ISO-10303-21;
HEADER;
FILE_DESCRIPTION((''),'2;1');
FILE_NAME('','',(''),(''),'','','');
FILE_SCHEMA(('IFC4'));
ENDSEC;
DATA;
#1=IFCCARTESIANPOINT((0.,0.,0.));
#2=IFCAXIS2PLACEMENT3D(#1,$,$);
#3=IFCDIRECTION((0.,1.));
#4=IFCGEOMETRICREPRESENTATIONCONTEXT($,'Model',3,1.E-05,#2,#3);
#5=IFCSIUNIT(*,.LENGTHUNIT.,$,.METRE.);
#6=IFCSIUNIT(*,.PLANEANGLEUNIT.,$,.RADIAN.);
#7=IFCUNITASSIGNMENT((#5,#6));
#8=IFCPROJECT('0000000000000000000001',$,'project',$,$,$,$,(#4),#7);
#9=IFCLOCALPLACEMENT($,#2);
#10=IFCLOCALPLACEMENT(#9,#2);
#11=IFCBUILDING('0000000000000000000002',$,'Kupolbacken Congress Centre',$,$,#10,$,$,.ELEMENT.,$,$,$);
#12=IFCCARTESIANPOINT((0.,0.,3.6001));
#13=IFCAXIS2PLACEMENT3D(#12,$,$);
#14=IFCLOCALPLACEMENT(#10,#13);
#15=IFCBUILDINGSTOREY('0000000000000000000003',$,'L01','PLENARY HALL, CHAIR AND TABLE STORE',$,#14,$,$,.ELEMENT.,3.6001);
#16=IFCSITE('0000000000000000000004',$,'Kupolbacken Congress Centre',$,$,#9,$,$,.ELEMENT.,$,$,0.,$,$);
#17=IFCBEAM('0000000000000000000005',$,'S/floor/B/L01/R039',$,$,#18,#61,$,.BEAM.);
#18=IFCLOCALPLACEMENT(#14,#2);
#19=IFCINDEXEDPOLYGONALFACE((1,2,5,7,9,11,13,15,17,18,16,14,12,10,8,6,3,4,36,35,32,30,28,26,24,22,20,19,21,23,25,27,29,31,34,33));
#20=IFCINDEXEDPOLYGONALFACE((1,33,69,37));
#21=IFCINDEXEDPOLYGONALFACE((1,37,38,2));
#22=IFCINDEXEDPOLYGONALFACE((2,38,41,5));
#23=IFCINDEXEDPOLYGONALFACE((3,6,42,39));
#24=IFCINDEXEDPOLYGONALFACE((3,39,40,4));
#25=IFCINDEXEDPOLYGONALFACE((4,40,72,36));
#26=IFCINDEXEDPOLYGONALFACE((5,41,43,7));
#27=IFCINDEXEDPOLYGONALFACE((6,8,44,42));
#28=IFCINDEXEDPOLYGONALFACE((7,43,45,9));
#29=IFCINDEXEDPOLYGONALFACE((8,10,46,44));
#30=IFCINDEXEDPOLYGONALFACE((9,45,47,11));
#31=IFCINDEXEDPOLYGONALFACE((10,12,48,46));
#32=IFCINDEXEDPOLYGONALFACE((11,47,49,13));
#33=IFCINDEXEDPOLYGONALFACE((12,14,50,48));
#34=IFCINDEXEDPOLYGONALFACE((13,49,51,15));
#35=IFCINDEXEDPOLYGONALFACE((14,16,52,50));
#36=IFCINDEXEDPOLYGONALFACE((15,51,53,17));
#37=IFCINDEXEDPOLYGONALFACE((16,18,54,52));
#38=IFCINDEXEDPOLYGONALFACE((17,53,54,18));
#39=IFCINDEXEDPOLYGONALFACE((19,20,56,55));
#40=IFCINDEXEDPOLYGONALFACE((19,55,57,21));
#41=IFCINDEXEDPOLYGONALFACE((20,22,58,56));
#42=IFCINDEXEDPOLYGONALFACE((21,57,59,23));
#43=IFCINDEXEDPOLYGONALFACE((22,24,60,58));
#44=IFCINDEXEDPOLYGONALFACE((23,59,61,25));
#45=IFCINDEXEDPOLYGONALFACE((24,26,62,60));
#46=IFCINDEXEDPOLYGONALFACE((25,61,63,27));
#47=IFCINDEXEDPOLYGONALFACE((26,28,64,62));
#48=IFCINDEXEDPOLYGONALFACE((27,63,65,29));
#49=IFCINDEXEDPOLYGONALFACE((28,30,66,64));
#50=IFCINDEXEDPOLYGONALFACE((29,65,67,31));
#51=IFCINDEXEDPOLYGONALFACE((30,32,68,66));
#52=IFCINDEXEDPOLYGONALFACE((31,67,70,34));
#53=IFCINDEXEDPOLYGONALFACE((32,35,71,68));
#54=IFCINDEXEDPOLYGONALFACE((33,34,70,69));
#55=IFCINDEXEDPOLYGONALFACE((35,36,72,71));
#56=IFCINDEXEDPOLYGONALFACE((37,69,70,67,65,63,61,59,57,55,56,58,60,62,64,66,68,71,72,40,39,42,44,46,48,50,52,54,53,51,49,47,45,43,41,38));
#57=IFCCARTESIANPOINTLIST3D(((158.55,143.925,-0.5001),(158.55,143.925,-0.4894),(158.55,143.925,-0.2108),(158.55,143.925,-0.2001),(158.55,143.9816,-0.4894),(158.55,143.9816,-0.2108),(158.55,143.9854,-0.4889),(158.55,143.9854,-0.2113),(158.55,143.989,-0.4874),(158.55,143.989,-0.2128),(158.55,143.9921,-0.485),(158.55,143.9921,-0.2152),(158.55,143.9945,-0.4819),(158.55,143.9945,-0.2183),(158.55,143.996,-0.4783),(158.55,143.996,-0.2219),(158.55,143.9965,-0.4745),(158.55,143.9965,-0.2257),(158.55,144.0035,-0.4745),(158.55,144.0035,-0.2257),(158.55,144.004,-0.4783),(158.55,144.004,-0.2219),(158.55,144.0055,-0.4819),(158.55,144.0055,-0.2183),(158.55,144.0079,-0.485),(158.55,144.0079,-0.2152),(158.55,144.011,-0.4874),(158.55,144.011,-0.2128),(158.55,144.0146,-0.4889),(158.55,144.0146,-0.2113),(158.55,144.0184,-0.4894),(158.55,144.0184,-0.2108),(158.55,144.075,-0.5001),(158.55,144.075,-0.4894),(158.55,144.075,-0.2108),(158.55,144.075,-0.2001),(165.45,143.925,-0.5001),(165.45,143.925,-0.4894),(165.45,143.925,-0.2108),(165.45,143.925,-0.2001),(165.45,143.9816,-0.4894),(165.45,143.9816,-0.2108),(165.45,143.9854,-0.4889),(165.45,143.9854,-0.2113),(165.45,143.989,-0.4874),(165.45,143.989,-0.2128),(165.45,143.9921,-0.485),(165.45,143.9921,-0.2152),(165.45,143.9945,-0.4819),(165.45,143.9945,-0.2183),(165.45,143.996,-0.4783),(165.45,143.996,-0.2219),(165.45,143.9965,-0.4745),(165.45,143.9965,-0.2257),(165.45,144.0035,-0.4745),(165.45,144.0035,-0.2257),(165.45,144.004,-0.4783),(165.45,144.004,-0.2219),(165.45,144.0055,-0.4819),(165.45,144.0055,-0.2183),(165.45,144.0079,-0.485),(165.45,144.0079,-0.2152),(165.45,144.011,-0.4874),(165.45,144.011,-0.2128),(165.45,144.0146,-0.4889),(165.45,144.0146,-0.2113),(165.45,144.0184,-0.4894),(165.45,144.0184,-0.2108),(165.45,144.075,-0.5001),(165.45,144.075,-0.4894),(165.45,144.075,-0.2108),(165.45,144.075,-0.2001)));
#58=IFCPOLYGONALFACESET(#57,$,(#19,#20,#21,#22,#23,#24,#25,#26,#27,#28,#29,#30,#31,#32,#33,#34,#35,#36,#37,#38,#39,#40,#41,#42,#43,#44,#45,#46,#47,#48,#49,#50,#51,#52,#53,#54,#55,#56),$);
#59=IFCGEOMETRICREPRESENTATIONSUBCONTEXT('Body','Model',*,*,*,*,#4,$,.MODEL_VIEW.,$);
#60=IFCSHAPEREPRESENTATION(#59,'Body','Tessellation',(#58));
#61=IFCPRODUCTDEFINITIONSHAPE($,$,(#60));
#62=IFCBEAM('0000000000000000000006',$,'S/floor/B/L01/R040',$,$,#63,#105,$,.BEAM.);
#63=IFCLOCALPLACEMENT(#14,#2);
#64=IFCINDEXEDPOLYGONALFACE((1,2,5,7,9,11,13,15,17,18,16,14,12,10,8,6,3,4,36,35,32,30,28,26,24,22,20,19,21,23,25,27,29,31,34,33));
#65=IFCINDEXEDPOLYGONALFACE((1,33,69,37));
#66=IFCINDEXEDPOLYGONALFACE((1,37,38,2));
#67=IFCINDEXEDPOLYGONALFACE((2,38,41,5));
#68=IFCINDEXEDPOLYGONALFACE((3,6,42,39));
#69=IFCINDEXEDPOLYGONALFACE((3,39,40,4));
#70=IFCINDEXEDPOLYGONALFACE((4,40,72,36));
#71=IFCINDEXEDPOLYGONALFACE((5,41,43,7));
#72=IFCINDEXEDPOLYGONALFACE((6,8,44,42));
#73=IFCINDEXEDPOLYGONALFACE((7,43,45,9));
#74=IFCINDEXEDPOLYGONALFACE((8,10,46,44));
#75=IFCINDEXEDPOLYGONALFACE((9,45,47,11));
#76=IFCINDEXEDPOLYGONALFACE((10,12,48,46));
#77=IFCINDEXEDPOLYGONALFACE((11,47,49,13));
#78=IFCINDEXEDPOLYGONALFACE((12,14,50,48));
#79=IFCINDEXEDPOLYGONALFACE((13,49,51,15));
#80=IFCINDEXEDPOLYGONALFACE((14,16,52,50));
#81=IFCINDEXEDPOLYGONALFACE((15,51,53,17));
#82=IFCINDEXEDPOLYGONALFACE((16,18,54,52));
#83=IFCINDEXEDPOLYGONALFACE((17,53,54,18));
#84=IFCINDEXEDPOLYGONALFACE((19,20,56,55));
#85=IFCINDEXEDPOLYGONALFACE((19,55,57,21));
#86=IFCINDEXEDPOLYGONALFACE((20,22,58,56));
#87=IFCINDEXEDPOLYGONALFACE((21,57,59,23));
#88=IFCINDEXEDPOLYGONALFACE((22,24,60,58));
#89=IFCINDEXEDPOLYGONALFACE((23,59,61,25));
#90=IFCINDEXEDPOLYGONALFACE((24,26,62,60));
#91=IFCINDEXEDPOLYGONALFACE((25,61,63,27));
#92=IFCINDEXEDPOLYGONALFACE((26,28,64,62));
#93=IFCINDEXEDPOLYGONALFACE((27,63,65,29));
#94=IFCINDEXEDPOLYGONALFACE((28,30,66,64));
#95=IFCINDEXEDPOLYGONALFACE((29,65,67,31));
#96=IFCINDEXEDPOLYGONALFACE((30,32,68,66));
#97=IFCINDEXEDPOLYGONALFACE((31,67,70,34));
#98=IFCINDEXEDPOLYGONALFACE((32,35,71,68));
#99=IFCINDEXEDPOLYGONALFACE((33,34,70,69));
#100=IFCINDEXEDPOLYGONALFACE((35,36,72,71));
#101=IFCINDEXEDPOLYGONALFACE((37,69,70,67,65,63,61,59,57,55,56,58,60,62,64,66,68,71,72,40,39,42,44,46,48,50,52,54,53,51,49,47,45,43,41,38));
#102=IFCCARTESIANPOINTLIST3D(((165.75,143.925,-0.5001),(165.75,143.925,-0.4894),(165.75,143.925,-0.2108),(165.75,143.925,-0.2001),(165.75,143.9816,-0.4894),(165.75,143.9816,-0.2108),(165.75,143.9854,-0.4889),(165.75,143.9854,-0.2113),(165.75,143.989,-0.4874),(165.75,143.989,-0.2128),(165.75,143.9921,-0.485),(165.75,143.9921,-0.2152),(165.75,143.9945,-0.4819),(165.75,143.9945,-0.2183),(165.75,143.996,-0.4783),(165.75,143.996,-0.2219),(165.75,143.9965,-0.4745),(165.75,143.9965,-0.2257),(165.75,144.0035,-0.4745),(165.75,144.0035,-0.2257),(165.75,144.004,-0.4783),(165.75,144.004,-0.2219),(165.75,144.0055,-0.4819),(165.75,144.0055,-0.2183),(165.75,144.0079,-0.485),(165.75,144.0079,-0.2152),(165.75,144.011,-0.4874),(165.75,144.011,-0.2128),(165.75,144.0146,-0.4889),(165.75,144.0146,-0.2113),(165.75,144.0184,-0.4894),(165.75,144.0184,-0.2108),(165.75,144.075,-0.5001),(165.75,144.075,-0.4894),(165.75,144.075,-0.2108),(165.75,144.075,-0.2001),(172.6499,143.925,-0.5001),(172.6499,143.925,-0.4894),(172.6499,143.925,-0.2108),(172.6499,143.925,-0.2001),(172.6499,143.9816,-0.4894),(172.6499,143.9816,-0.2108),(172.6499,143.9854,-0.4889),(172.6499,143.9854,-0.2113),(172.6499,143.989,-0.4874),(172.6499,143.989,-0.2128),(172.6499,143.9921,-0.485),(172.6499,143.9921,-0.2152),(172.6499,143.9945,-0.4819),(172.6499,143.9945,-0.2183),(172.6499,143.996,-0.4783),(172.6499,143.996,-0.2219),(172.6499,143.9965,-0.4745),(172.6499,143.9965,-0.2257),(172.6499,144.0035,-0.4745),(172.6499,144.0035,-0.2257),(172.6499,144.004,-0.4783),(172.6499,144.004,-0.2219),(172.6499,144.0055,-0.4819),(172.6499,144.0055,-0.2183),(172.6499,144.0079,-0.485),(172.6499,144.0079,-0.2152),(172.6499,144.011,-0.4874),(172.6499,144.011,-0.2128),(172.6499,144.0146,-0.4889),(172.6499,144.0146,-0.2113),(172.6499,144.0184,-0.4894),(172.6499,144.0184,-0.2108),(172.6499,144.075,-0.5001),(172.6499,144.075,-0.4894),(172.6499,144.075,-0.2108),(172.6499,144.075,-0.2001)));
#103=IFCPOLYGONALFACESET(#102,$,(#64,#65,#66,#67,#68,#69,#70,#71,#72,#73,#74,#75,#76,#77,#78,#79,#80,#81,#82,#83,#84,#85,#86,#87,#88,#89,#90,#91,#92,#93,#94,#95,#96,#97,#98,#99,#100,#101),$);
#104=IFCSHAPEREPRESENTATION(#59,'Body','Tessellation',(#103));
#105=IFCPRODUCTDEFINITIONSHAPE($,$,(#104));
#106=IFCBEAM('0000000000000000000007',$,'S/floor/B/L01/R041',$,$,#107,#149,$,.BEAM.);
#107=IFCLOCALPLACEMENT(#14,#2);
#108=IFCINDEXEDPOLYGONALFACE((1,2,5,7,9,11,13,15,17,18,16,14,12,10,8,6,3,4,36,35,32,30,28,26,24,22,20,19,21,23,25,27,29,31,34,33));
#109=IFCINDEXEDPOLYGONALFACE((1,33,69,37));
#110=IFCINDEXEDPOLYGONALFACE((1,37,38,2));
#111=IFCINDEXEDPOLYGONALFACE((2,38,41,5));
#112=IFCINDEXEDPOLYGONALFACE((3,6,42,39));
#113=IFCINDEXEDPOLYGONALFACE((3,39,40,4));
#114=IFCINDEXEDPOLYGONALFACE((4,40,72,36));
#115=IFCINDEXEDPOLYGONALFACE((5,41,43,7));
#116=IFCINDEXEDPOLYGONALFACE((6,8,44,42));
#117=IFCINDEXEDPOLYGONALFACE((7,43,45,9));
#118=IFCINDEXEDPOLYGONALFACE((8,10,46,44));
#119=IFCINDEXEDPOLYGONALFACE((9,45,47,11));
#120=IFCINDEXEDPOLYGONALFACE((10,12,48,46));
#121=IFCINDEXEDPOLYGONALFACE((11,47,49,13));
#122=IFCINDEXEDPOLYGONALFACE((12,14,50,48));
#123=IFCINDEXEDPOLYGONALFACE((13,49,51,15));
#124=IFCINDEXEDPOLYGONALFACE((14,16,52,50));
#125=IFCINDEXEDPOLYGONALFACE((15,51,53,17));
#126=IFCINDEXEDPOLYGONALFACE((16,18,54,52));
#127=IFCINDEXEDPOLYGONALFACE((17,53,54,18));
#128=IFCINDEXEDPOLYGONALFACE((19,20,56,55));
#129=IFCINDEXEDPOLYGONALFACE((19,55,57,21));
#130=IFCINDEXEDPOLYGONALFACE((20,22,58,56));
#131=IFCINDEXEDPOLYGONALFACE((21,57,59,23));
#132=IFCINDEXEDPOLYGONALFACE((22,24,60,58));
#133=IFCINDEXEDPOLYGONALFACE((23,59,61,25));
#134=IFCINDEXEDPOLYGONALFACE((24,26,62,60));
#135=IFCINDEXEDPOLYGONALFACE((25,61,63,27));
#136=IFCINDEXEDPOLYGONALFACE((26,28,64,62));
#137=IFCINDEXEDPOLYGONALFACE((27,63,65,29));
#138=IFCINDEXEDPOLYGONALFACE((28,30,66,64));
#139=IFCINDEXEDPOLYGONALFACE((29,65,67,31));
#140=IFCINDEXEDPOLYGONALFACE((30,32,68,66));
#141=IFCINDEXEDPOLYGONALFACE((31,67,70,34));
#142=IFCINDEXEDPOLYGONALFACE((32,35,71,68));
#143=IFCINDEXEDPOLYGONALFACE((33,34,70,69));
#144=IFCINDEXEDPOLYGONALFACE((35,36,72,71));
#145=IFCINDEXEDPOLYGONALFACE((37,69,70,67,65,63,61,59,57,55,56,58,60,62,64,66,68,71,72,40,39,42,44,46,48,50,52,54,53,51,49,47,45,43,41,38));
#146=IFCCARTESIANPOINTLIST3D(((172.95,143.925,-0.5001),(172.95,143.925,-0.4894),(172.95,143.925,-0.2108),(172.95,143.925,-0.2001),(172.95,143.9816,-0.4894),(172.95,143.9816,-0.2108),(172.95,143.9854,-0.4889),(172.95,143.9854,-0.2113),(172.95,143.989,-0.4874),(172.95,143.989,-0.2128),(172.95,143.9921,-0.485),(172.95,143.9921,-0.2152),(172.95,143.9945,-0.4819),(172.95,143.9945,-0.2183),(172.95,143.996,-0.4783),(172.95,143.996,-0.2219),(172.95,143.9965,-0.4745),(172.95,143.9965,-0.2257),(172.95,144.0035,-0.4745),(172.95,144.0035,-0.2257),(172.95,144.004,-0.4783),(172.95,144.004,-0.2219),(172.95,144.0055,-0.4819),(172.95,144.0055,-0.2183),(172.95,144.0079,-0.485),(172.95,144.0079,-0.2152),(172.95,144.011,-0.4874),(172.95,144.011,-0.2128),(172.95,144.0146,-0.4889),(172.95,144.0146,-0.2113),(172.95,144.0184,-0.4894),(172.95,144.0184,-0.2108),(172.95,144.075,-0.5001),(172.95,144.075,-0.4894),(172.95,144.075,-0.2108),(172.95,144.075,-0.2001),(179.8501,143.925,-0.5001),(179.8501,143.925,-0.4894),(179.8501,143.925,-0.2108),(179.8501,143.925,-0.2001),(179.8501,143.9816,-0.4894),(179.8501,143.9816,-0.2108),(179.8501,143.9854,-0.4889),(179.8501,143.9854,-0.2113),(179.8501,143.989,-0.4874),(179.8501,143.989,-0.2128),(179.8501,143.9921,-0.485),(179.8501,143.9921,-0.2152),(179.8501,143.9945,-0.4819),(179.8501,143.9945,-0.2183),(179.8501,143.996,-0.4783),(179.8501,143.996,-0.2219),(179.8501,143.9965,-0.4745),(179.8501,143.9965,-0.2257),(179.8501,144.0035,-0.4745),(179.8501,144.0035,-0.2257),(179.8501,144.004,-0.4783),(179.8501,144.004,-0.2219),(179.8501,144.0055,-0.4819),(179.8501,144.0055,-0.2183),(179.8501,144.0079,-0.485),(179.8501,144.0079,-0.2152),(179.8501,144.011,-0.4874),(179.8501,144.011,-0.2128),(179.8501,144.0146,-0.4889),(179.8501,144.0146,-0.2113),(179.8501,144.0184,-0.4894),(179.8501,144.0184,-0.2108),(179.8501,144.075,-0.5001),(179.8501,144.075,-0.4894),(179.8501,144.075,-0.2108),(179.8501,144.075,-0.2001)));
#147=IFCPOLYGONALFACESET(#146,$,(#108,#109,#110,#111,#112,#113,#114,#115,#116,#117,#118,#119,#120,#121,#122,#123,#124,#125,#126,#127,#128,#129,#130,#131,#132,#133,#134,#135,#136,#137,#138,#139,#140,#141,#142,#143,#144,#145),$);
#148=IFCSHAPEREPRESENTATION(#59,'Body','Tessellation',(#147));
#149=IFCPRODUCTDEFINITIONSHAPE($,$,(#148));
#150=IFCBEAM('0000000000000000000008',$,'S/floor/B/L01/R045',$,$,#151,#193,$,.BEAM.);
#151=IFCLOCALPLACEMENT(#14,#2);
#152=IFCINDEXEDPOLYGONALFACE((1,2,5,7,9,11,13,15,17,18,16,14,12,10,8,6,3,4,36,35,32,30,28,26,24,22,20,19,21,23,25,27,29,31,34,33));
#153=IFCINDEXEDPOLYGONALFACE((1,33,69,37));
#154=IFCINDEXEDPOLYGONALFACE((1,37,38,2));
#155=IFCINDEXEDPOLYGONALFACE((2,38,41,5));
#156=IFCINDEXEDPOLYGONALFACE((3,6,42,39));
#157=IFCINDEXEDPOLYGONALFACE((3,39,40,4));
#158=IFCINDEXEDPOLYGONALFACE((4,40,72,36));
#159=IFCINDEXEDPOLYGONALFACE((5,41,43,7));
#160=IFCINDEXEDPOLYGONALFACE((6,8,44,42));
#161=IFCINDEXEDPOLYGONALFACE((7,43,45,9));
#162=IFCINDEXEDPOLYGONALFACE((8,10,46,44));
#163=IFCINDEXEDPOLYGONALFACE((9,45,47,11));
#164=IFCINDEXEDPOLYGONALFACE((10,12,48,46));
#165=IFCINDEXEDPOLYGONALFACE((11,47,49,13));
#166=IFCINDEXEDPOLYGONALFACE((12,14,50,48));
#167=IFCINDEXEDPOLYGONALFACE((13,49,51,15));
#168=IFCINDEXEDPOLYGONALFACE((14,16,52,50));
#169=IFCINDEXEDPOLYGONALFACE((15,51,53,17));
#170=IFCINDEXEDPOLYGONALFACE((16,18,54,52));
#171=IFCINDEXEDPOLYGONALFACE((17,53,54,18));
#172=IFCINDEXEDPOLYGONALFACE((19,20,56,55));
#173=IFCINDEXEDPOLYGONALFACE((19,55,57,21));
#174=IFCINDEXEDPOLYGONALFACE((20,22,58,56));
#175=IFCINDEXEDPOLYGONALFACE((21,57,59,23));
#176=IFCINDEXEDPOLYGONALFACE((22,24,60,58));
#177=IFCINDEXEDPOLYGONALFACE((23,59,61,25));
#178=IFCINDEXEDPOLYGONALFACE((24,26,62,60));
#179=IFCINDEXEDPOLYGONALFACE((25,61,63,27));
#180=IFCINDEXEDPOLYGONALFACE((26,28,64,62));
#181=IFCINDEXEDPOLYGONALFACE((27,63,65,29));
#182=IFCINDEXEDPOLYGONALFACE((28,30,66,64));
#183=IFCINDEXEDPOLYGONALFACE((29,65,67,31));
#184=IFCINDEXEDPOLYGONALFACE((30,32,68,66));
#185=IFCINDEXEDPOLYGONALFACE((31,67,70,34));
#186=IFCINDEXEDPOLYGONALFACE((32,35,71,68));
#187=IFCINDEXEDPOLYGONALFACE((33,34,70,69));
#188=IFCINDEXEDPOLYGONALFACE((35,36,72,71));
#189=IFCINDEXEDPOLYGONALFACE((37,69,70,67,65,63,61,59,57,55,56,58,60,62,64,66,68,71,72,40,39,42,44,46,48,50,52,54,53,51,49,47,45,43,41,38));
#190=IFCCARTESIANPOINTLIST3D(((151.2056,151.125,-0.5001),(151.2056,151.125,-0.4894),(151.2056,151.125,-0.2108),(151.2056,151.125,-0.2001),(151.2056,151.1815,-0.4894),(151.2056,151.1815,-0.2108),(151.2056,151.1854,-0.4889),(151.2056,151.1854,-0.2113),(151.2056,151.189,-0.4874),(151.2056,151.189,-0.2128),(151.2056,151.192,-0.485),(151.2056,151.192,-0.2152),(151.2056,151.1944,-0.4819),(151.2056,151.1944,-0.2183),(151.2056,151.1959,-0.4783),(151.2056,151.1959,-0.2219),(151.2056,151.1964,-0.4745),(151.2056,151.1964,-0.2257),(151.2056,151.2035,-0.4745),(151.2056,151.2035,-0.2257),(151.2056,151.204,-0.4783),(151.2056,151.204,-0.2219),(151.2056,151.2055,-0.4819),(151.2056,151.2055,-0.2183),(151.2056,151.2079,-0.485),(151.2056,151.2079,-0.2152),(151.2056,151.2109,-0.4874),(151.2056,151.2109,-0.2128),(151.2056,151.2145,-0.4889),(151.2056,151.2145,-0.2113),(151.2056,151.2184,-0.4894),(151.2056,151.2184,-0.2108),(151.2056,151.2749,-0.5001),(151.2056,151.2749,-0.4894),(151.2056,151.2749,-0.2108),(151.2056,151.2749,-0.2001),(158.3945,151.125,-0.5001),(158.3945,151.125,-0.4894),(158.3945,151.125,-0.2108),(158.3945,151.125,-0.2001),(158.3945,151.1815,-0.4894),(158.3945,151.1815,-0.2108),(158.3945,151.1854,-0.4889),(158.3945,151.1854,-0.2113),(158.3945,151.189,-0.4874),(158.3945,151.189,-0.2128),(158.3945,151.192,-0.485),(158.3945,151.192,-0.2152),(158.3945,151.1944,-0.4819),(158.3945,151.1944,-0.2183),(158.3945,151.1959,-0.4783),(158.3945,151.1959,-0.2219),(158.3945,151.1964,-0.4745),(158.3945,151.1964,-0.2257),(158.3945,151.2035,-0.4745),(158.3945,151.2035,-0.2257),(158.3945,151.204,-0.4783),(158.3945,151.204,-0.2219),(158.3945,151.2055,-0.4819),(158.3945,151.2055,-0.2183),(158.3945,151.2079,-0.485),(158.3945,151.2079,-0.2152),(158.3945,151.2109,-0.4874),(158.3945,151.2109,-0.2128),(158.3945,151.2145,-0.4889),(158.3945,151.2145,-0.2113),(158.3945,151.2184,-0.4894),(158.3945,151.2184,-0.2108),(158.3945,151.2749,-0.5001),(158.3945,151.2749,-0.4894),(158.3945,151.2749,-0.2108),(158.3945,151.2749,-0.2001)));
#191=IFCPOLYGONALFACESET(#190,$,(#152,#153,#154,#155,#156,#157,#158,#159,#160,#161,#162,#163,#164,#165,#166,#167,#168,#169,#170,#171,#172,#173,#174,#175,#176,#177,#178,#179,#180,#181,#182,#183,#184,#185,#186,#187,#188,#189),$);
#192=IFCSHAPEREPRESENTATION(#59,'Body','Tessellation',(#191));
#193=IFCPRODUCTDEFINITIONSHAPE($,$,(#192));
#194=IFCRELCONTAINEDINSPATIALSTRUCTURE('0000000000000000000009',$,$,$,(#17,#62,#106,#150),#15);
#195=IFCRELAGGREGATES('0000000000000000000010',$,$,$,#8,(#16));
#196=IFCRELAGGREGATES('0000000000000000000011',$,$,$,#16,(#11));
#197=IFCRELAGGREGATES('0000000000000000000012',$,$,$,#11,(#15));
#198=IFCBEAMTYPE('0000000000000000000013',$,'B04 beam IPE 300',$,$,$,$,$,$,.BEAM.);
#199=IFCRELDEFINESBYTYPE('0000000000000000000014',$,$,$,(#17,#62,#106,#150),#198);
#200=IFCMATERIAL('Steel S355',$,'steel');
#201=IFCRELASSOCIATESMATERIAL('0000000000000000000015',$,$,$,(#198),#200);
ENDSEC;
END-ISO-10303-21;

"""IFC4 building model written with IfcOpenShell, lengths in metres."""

from ifc_helpers import new_model, si_unit, direction, frame, origin, origin_2d, place, context, subcontext, project, spatial, i_section, extrude, material, material_profile, profile_set, type_object, element, save


model = new_model("IFC4")

# Units and contexts
model_context = context("Model", 3, precision=1e-05, world=origin(), true_north=direction((0.0, 1.0)))
body_context = subcontext(model_context, "Body", "Model", "MODEL_VIEW")
ifc_project = project(units=[si_unit("LENGTHUNIT", "METRE"), si_unit("PLANEANGLEUNIT", "RADIAN")], contexts=[model_context])

# Site, building, storey
site_placement = place(None, origin())
site = spatial("IfcSite", under=ifc_project, at=site_placement, Name="Kupolbacken Congress Centre", CompositionType="ELEMENT", RefElevation=0.0)
building_placement = place(site_placement, origin())
building = spatial("IfcBuilding", under=site, at=building_placement, Name="Kupolbacken Congress Centre", CompositionType="ELEMENT")
storey_placement = place(building_placement, frame((0.0, 0.0, 3.6001)))
storey = spatial("IfcBuildingStorey", under=building, at=storey_placement, Name="L01", Description="PLENARY HALL, CHAIR AND TABLE STORE", CompositionType="ELEMENT", Elevation=3.6001)

# Beams
ifc_material_1 = material(Name="Steel S355", Category="steel")
ifc_material_profile_1 = material_profile(ifc_material_1, i_section(OverallWidth=0.1499, OverallDepth=0.3, WebThickness=0.0071, FlangeThickness=0.0107, FilletRadius=0.0149, at=origin_2d()), Name="IPE 300")
ifc_profile_set_1 = profile_set([ifc_material_profile_1], Name="Steel S355")
beam_type_1 = type_object("IfcBeamType", Name="B04 beam IPE 300", PredefinedType="BEAM", material=ifc_profile_set_1)
for number, where, z_axis, x_axis, name in (
    (1, (158.55, 144.0, -0.3501), (1.0, 0.0, 0.0), (0.0, 1.0, 0.0), "S/floor/B/L01/R039"),
    (2, (165.75, 144.0, -0.3501), (1.0, 0.0, 0.0), (0.0, 1.0, 0.0), "S/floor/B/L01/R040"),
):
    element("IfcBeam", number, at=place(storey_placement, frame(where, z_axis=z_axis, x_axis=x_axis)), inside=storey, type_object=beam_type_1, Name=name, PredefinedType="BEAM", context=body_context, shape_type="SweptSolid", body=[
        extrude(i_section(OverallWidth=0.1499, OverallDepth=0.3, WebThickness=0.0071, FlangeThickness=0.0107, FilletRadius=0.0149, at=origin_2d()), origin(), (0.0, 0.0, 1.0), 6.8999),
    ])
beam_1_placement = place(storey_placement, frame((172.95, 144.0, -0.3501), z_axis=(1.0, 0.0, 0.0), x_axis=(0.0, 1.0, 0.0)))
element("IfcBeam", 3, at=beam_1_placement, inside=storey, type_object=beam_type_1, Name="S/floor/B/L01/R041", PredefinedType="BEAM", context=body_context, shape_type="SweptSolid", body=[
    extrude(i_section(OverallWidth=0.1499, OverallDepth=0.3, WebThickness=0.0071, FlangeThickness=0.0107, FilletRadius=0.0149, at=origin_2d()), origin(), (0.0, 0.0, 1.0), 6.9001),
])
for number, where, z_axis, x_axis, name in (
    (4, (151.2056, 151.2, -0.3501), (1.0, 0.0, 0.0), (0.0, 1.0, 0.0), "S/floor/B/L01/R045"),
):
    element("IfcBeam", number, at=place(storey_placement, frame(where, z_axis=z_axis, x_axis=x_axis)), inside=storey, type_object=beam_type_1, Name=name, PredefinedType="BEAM", context=body_context, shape_type="SweptSolid", body=[
        extrude(i_section(OverallWidth=0.1499, OverallDepth=0.3, WebThickness=0.0071, FlangeThickness=0.0107, FilletRadius=0.0149, at=origin_2d()), origin(), (0.0, 0.0, 1.0), 7.189),
    ])

save(model, "model.ifc")
